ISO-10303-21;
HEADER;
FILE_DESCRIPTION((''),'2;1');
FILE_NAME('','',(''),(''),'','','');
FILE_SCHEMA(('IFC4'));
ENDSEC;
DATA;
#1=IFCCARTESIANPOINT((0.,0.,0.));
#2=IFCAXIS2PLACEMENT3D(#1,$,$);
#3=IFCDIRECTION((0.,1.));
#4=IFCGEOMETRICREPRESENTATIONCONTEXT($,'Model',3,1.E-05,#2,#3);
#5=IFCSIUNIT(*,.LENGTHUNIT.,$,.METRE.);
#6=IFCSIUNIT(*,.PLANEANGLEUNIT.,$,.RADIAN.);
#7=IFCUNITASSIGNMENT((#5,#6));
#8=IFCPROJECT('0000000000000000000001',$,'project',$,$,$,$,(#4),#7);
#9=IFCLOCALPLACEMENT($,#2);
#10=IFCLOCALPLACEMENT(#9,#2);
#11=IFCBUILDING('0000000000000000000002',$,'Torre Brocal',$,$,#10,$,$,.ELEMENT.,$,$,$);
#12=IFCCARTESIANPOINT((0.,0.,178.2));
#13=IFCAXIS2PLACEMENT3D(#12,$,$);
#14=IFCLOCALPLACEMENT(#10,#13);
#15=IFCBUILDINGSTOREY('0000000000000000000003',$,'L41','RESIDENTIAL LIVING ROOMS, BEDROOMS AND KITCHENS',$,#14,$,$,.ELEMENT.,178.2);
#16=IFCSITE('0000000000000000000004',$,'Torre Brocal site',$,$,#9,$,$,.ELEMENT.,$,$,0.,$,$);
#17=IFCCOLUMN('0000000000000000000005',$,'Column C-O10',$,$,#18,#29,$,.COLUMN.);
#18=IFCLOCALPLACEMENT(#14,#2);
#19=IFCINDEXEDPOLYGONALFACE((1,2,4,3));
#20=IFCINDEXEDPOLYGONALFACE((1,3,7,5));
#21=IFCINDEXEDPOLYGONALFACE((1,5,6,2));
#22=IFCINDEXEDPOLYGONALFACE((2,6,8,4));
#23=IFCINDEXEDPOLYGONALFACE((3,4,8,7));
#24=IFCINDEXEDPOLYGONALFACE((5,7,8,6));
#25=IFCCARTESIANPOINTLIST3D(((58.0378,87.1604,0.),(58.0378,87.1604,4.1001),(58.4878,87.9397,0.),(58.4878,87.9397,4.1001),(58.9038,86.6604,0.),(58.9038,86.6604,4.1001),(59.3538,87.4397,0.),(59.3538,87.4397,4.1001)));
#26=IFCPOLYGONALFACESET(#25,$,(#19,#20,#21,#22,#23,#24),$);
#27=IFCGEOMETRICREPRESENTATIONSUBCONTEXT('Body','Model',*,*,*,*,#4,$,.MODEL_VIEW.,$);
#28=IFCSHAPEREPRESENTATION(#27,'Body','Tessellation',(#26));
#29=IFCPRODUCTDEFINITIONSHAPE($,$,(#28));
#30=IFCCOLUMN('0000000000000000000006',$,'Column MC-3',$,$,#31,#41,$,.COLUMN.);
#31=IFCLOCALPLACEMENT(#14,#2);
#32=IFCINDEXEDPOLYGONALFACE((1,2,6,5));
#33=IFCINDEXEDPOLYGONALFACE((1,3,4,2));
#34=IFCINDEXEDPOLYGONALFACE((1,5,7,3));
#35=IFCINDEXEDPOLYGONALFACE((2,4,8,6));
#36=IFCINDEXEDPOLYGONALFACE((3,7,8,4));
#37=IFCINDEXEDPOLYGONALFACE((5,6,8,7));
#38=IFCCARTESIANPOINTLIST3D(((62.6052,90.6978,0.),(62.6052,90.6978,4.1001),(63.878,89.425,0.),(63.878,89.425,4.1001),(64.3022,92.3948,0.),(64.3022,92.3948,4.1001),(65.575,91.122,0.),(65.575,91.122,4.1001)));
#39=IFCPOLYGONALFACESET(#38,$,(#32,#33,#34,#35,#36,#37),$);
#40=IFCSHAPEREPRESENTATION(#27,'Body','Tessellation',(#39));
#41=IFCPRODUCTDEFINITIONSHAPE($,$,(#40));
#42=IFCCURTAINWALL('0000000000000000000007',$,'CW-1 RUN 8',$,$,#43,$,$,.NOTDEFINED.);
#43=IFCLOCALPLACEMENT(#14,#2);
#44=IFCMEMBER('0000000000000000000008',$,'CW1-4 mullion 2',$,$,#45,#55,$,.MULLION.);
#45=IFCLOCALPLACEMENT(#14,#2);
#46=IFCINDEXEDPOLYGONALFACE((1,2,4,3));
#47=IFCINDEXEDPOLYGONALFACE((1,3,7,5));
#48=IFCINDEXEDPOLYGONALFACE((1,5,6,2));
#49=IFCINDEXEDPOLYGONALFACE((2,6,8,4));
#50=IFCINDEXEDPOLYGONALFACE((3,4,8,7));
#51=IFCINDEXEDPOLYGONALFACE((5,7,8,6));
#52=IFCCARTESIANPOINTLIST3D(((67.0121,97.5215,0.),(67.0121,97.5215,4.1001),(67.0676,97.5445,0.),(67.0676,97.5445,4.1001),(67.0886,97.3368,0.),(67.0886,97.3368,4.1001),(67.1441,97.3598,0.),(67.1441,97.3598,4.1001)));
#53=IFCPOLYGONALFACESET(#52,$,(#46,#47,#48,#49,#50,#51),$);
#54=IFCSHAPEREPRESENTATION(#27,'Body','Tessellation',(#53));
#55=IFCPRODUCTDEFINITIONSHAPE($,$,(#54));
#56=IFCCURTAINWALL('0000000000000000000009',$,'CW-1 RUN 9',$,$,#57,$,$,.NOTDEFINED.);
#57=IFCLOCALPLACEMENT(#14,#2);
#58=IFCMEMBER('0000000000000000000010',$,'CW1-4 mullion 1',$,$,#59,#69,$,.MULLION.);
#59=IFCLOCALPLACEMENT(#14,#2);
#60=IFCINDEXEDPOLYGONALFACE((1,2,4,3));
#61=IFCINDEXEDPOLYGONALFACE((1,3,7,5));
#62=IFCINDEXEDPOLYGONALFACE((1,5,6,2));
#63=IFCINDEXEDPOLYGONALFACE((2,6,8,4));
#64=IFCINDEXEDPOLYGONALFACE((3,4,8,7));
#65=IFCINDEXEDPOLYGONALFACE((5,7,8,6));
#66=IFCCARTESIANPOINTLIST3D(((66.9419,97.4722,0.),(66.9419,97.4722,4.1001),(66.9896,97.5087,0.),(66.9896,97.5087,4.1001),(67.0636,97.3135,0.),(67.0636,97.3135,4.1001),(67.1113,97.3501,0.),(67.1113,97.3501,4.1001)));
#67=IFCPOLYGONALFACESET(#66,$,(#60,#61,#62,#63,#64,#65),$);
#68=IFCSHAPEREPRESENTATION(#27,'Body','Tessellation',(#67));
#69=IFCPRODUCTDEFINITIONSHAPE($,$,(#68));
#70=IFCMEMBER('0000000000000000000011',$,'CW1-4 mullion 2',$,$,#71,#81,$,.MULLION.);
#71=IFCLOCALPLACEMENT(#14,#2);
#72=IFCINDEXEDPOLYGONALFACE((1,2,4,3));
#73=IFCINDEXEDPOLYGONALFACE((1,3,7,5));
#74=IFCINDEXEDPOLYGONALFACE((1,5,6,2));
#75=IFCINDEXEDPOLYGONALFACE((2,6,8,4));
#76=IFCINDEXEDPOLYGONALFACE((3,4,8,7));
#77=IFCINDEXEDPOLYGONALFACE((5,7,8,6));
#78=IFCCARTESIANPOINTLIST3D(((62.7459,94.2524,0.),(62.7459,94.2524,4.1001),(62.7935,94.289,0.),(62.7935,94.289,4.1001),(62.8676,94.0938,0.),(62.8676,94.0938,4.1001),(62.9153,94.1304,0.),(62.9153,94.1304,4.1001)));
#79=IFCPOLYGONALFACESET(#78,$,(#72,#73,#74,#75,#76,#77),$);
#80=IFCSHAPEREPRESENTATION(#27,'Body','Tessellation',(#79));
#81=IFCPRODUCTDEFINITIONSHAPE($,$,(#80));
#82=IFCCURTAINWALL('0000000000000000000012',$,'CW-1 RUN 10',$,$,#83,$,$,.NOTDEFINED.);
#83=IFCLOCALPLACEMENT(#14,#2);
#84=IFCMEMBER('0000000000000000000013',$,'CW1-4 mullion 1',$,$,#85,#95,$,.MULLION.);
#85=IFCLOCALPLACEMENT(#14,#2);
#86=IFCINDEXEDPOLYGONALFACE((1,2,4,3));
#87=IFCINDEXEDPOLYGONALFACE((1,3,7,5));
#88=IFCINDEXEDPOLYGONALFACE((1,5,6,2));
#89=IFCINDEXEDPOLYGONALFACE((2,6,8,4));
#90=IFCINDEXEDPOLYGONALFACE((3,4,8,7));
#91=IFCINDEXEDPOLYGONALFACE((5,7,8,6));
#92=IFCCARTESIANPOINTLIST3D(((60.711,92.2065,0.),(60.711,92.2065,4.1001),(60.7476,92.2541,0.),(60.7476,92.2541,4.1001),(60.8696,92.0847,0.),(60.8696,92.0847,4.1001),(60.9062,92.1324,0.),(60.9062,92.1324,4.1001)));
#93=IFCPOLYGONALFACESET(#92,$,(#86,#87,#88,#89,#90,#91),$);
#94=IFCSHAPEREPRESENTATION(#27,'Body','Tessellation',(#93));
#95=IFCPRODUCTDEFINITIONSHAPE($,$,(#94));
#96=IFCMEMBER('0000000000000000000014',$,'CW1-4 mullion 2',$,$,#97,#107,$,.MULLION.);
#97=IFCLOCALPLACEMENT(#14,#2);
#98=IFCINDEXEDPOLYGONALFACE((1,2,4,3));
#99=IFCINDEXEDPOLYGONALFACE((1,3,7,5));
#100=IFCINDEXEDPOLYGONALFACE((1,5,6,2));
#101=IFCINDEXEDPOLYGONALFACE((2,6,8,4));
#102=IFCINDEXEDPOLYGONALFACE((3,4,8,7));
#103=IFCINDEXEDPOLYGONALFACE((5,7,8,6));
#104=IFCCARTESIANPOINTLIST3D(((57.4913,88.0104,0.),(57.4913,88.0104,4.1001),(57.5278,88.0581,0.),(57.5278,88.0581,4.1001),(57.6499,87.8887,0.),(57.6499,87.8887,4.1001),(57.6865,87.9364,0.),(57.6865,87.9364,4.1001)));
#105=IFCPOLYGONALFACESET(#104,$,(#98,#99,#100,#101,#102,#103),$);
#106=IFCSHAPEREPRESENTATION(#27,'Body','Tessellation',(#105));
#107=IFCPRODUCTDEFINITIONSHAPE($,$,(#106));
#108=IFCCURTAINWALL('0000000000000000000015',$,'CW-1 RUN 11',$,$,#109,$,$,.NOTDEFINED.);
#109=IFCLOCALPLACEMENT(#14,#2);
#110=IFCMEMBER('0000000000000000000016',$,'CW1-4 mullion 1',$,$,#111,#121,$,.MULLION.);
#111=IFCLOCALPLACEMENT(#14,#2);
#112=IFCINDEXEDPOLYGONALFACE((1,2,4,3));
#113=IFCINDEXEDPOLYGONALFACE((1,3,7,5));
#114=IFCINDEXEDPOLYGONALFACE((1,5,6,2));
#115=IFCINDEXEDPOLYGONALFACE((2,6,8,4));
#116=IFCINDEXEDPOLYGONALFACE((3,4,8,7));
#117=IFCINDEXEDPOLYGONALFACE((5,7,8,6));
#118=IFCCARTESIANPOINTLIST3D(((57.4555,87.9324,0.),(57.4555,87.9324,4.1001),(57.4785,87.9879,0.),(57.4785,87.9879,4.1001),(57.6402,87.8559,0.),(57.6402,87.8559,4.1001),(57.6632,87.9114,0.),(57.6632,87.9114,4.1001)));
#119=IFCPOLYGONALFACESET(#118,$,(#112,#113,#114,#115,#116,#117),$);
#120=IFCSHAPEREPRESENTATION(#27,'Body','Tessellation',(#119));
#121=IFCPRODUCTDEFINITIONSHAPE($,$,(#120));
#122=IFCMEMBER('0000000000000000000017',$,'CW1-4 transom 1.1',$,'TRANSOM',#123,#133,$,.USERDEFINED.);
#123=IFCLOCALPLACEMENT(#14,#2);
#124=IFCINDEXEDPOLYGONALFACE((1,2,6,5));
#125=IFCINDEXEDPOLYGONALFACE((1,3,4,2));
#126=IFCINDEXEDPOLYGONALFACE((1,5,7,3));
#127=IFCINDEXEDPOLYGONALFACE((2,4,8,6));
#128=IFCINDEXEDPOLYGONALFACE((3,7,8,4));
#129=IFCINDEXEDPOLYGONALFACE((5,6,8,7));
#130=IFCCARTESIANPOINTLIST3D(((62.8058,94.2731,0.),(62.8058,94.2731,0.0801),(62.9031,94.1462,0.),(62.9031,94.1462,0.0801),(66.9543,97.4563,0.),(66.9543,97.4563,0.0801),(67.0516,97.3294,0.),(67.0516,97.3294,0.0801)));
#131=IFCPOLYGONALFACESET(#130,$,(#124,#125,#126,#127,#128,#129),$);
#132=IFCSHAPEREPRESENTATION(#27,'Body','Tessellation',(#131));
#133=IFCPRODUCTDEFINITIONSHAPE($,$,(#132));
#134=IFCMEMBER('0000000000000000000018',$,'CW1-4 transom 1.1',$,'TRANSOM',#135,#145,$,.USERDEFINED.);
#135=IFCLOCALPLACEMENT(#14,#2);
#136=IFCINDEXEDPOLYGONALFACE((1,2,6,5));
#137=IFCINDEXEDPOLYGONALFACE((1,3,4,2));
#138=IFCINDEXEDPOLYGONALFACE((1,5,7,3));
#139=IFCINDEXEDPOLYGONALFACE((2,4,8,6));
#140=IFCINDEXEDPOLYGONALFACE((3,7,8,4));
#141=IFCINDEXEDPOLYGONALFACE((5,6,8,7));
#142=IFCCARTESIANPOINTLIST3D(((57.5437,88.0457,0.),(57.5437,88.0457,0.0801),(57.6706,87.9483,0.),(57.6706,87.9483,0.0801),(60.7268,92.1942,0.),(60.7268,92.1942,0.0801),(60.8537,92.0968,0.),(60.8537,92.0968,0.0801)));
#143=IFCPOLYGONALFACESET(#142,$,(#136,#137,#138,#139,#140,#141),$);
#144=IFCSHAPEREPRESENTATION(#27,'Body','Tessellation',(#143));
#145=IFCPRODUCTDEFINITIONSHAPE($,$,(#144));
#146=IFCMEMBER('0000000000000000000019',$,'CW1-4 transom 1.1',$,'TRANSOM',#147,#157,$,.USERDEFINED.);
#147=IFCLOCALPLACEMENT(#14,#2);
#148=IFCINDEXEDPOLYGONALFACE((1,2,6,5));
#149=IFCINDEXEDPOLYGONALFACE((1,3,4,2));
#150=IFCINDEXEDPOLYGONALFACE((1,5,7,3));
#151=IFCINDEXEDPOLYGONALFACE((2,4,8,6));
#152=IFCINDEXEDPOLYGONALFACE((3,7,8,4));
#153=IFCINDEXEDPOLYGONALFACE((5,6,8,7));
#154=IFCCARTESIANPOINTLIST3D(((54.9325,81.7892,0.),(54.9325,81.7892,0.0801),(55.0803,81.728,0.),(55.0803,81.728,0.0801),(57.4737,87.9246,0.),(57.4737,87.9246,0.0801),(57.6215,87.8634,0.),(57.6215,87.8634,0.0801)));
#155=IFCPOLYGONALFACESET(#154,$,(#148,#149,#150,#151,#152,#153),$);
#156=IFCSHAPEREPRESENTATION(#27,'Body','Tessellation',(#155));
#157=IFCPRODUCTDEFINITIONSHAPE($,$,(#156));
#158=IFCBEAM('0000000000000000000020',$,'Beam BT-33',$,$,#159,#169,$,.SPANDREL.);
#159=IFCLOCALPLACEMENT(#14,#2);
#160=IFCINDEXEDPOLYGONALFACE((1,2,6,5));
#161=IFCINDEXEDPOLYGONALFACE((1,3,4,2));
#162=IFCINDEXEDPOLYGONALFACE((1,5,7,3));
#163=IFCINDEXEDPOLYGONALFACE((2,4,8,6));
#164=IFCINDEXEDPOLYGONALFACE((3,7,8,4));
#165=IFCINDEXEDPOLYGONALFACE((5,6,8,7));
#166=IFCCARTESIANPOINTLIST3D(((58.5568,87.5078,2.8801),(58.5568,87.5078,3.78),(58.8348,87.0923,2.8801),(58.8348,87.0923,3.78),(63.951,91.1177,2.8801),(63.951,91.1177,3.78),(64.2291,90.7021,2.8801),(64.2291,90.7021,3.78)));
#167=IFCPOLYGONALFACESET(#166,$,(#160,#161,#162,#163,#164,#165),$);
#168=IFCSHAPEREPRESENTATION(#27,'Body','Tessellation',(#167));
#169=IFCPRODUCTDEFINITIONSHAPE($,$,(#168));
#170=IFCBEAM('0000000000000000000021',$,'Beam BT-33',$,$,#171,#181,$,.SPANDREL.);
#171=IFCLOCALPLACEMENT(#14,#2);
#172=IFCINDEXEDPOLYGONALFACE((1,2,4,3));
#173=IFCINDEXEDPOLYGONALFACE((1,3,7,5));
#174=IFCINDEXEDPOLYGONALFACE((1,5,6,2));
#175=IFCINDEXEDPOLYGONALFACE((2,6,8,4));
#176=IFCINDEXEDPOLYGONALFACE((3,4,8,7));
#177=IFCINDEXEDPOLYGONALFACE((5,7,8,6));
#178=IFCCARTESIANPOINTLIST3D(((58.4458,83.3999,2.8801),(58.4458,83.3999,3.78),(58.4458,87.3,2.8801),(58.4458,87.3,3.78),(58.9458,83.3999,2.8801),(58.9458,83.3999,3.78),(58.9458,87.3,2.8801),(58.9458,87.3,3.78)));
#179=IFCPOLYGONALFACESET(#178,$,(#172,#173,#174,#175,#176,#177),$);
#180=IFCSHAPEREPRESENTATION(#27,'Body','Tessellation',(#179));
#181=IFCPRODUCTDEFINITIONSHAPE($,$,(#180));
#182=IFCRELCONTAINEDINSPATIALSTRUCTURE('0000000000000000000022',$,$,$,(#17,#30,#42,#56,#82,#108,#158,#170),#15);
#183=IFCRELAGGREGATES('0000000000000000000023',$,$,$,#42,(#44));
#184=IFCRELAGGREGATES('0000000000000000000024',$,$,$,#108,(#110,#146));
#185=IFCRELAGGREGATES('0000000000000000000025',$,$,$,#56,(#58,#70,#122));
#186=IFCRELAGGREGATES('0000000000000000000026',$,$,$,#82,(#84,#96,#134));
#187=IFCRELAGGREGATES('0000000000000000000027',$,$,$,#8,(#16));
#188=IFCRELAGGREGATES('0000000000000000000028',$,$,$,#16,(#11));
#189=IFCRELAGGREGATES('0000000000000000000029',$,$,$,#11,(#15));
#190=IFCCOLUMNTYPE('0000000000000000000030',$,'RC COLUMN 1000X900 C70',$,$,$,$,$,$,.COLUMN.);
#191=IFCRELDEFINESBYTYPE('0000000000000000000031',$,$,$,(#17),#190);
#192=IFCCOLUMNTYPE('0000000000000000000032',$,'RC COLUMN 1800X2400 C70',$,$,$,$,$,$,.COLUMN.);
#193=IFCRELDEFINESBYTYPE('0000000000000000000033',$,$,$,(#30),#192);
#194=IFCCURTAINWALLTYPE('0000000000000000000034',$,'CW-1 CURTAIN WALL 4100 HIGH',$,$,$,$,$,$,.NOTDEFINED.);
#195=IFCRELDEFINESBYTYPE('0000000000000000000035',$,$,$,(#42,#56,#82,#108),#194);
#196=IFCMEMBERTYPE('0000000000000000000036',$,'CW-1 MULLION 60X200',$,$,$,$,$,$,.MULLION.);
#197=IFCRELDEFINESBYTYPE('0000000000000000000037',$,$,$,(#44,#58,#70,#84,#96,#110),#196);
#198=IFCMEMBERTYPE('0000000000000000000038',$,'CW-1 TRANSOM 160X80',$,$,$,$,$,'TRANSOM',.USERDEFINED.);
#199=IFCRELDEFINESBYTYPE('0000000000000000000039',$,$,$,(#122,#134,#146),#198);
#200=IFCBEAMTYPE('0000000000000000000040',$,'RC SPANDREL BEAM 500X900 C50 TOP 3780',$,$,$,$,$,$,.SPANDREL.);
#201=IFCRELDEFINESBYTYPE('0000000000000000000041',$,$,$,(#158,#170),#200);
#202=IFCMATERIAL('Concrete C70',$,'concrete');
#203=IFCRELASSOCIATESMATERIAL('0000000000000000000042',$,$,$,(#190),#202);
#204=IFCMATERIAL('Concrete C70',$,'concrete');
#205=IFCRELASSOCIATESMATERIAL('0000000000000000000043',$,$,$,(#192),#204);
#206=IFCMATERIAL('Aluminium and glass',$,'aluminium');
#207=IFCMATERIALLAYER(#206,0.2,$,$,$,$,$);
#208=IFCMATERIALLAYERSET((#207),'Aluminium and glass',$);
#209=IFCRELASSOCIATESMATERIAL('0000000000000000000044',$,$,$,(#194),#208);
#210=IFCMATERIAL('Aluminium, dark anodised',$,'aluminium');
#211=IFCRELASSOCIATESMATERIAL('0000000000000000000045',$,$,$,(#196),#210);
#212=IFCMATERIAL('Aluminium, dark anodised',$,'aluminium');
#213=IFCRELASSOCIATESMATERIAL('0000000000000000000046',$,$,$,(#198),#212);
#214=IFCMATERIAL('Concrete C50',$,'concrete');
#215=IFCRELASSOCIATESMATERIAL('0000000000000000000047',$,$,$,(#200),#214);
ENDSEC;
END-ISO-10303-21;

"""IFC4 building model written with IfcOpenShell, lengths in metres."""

from ifc_helpers import new_model, si_unit, direction, frame, origin, origin_2d, place, context, subcontext, project, spatial, rectangle, extrude, material, layer, layer_set, material_profile, profile_set, type_object, element, aggregate, save


model = new_model("IFC4")

# Units and contexts
model_context = context("Model", 3, precision=1e-05, world=origin(), true_north=direction((0.0, 1.0)))
body_context = subcontext(model_context, "Body", "Model", "MODEL_VIEW")
ifc_project = project(units=[si_unit("LENGTHUNIT", "METRE"), si_unit("PLANEANGLEUNIT", "RADIAN")], contexts=[model_context])

# Site, building, storey
site_placement = place(None, origin())
site = spatial("IfcSite", under=ifc_project, at=site_placement, Name="Torre Brocal site", CompositionType="ELEMENT", RefElevation=0.0)
building_placement = place(site_placement, origin())
building = spatial("IfcBuilding", under=site, at=building_placement, Name="Torre Brocal", CompositionType="ELEMENT")
storey_placement = place(building_placement, frame((0.0, 0.0, 178.2)))
storey = spatial("IfcBuildingStorey", under=building, at=storey_placement, Name="L41", Description="RESIDENTIAL LIVING ROOMS, BEDROOMS AND KITCHENS", CompositionType="ELEMENT", Elevation=178.2)

# Columns
ifc_material_1 = material(Name="Concrete C70", Category="concrete")
ifc_material_profile_1 = material_profile(ifc_material_1, rectangle(XDim=1.0, YDim=0.8999, at=origin_2d()), Name="RC 1000X900")
ifc_profile_set_1 = profile_set([ifc_material_profile_1], Name="Concrete C70")
column_type_1 = type_object("IfcColumnType", Name="RC COLUMN 1000X900 C70", PredefinedType="COLUMN", material=ifc_profile_set_1)
column_1_placement = place(storey_placement, frame((58.6958, 87.3, 0.0), z_axis=(0.0, 0.0, 1.0), x_axis=(-0.866025, 0.5, 0.0)))
element("IfcColumn", 1, at=column_1_placement, inside=storey, type_object=column_type_1, Name="Column C-O10", PredefinedType="COLUMN", context=body_context, shape_type="SweptSolid", body=[
    extrude(rectangle(XDim=1.0, YDim=0.8999, at=origin_2d()), origin(), (0.0, 0.0, 1.0), 4.1001),
])
ifc_material_2 = material(Name="Concrete C70", Category="concrete")
ifc_material_profile_2 = material_profile(ifc_material_2, rectangle(XDim=1.8, YDim=2.3999, at=origin_2d()), Name="RC 1800X2400")
ifc_profile_set_2 = profile_set([ifc_material_profile_2], Name="Concrete C70")
column_type_2 = type_object("IfcColumnType", Name="RC COLUMN 1800X2400 C70", PredefinedType="COLUMN", material=ifc_profile_set_2)
column_2_placement = place(storey_placement, frame((64.0901, 90.9099, 0.0), z_axis=(0.0, 0.0, 1.0), x_axis=(-0.707107, 0.707107, 0.0)))
element("IfcColumn", 2, at=column_2_placement, inside=storey, type_object=column_type_2, Name="Column MC-3", PredefinedType="COLUMN", context=body_context, shape_type="SweptSolid", body=[
    extrude(rectangle(XDim=1.8, YDim=2.3999, at=origin_2d()), origin(), (0.0, 0.0, 1.0), 4.1001),
])

# Curtain wall, member
ifc_material_3 = material(Name="Aluminium and glass", Category="aluminium")
ifc_layer_1 = layer(ifc_material_3, 0.2)
ifc_layer_set_1 = layer_set([ifc_layer_1], Name="Aluminium and glass")
curtain_wall_type = type_object("IfcCurtainWallType", Name="CW-1 CURTAIN WALL 4100 HIGH", PredefinedType="NOTDEFINED", material=ifc_layer_set_1)
curtain_wall_1_placement = place(storey_placement, origin())
curtain_wall_1 = element("IfcCurtainWall", 3, at=curtain_wall_1_placement, inside=storey, type_object=curtain_wall_type, Name="CW-1 RUN 8", PredefinedType="NOTDEFINED")
ifc_material_4 = material(Name="Aluminium, dark anodised", Category="aluminium")
ifc_material_profile_3 = material_profile(ifc_material_4, rectangle(XDim=0.2, YDim=0.0601, at=origin_2d()), Name="CW-1 MULLION 60X200")
ifc_profile_set_3 = profile_set([ifc_material_profile_3], Name="Aluminium, dark anodised")
member_type_1 = type_object("IfcMemberType", Name="CW-1 MULLION 60X200", PredefinedType="MULLION", material=ifc_profile_set_3)
member_1_placement = place(storey_placement, frame((67.0781, 97.4407, 0.0), z_axis=(0.0, 0.0, 1.0), x_axis=(0.382683, -0.92388, 0.0)))
member_1 = element("IfcMember", 4, at=member_1_placement, type_object=member_type_1, Name="CW1-4 mullion 2", PredefinedType="MULLION", context=body_context, shape_type="SweptSolid", body=[
    extrude(rectangle(XDim=0.2, YDim=0.0601, at=origin_2d()), origin(), (0.0, 0.0, 1.0), 4.1001),
])
aggregate(curtain_wall_1, [member_1])

# Curtain walls, members
curtain_wall_2_placement = place(storey_placement, origin())
curtain_wall_2 = element("IfcCurtainWall", 5, at=curtain_wall_2_placement, inside=storey, type_object=curtain_wall_type, Name="CW-1 RUN 9", PredefinedType="NOTDEFINED")
member_2_placement = place(storey_placement, frame((67.0266, 97.4111, 0.0), z_axis=(0.0, 0.0, 1.0), x_axis=(0.608761, -0.793353, 0.0)))
member_2 = element("IfcMember", 6, at=member_2_placement, type_object=member_type_1, Name="CW1-4 mullion 1", PredefinedType="MULLION", context=body_context, shape_type="SweptSolid", body=[
    extrude(rectangle(XDim=0.2, YDim=0.0601, at=origin_2d()), origin(), (0.0, 0.0, 1.0), 4.1001),
])
member_3_placement = place(storey_placement, frame((62.8306, 94.1914, 0.0), z_axis=(0.0, 0.0, 1.0), x_axis=(0.608761, -0.793353, 0.0)))
member_3 = element("IfcMember", 7, at=member_3_placement, type_object=member_type_1, Name="CW1-4 mullion 2", PredefinedType="MULLION", context=body_context, shape_type="SweptSolid", body=[
    extrude(rectangle(XDim=0.2, YDim=0.0601, at=origin_2d()), origin(), (0.0, 0.0, 1.0), 4.1001),
])
curtain_wall_3_placement = place(storey_placement, origin())
curtain_wall_3 = element("IfcCurtainWall", 8, at=curtain_wall_3_placement, inside=storey, type_object=curtain_wall_type, Name="CW-1 RUN 10", PredefinedType="NOTDEFINED")
member_4_placement = place(storey_placement, frame((60.8086, 92.1694, 0.0), z_axis=(0.0, 0.0, 1.0), x_axis=(0.793353, -0.608761, 0.0)))
member_4 = element("IfcMember", 9, at=member_4_placement, type_object=member_type_1, Name="CW1-4 mullion 1", PredefinedType="MULLION", context=body_context, shape_type="SweptSolid", body=[
    extrude(rectangle(XDim=0.2, YDim=0.0601, at=origin_2d()), origin(), (0.0, 0.0, 1.0), 4.1001),
])
member_5_placement = place(storey_placement, frame((57.5889, 87.9734, 0.0), z_axis=(0.0, 0.0, 1.0), x_axis=(0.793353, -0.608761, 0.0)))
member_5 = element("IfcMember", 10, at=member_5_placement, type_object=member_type_1, Name="CW1-4 mullion 2", PredefinedType="MULLION", context=body_context, shape_type="SweptSolid", body=[
    extrude(rectangle(XDim=0.2, YDim=0.0601, at=origin_2d()), origin(), (0.0, 0.0, 1.0), 4.1001),
])

# Curtain wall, member
curtain_wall_4_placement = place(storey_placement, origin())
curtain_wall_4 = element("IfcCurtainWall", 11, at=curtain_wall_4_placement, inside=storey, type_object=curtain_wall_type, Name="CW-1 RUN 11", PredefinedType="NOTDEFINED")
member_6_placement = place(storey_placement, frame((57.5593, 87.9219, 0.0), z_axis=(0.0, 0.0, 1.0), x_axis=(0.92388, -0.382683, 0.0)))
member_6 = element("IfcMember", 12, at=member_6_placement, type_object=member_type_1, Name="CW1-4 mullion 1", PredefinedType="MULLION", context=body_context, shape_type="SweptSolid", body=[
    extrude(rectangle(XDim=0.2, YDim=0.0601, at=origin_2d()), origin(), (0.0, 0.0, 1.0), 4.1001),
])

# Members
ifc_material_5 = material(Name="Aluminium, dark anodised", Category="aluminium")
ifc_material_profile_4 = material_profile(ifc_material_5, rectangle(XDim=0.1599, YDim=0.0801, at=origin_2d()), Name="CW-1 TRANSOM 160X80")
ifc_profile_set_4 = profile_set([ifc_material_profile_4], Name="Aluminium, dark anodised")
member_type_2 = type_object("IfcMemberType", Name="CW-1 TRANSOM 160X80", ElementType="TRANSOM", PredefinedType="USERDEFINED", material=ifc_profile_set_4)
member_7_placement = place(storey_placement, frame((67.0029, 97.3928, 0.04), z_axis=(-0.793363, -0.608749, 0.0), x_axis=(0.608749, -0.793363, 0.0)))
member_7 = element("IfcMember", 13, at=member_7_placement, type_object=member_type_2, Name="CW1-4 transom 1.1", ObjectType="TRANSOM", PredefinedType="USERDEFINED", context=body_context, shape_type="SweptSolid", body=[
    extrude(rectangle(XDim=0.1599, YDim=0.0801, at=origin_2d()), origin(), (0.0, 0.0, 1.0), 5.229),
])
member_8_placement = place(storey_placement, frame((60.7903, 92.1455, 0.04), z_axis=(-0.608749, -0.793363, 0.0), x_axis=(0.793363, -0.608749, 0.0)))
member_8 = element("IfcMember", 14, at=member_8_placement, type_object=member_type_2, Name="CW1-4 transom 1.1", ObjectType="TRANSOM", PredefinedType="USERDEFINED", context=body_context, shape_type="SweptSolid", body=[
    extrude(rectangle(XDim=0.1599, YDim=0.0801, at=origin_2d()), origin(), (0.0, 0.0, 1.0), 5.229),
])
member_9_placement = place(storey_placement, frame((57.5476, 87.894, 0.04), z_axis=(-0.382665, -0.923887, 0.0), x_axis=(0.923887, -0.382665, 0.0)))
member_9 = element("IfcMember", 15, at=member_9_placement, type_object=member_type_2, Name="CW1-4 transom 1.1", ObjectType="TRANSOM", PredefinedType="USERDEFINED", context=body_context, shape_type="SweptSolid", body=[
    extrude(rectangle(XDim=0.1599, YDim=0.0801, at=origin_2d()), origin(), (0.0, 0.0, 1.0), 6.6409),
])
aggregate(curtain_wall_4, [member_6, member_9])

# Beams
ifc_material_6 = material(Name="Concrete C50", Category="concrete")
ifc_material_profile_5 = material_profile(ifc_material_6, rectangle(XDim=0.5, YDim=0.8999, at=origin_2d()), Name="RC 500X900")
ifc_profile_set_5 = profile_set([ifc_material_profile_5], Name="Concrete C50")
beam_type = type_object("IfcBeamType", Name="RC SPANDREL BEAM 500X900 C50 TOP 3780", PredefinedType="SPANDREL", material=ifc_profile_set_5)
beam_1_placement = place(storey_placement, frame((64.0901, 90.9099, 3.3301), z_axis=(-0.831077, -0.556158, 0.0), x_axis=(0.556158, -0.831077, 0.0)))
element("IfcBeam", 16, at=beam_1_placement, inside=storey, type_object=beam_type, Name="Beam BT-33", PredefinedType="SPANDREL", context=body_context, shape_type="SweptSolid", body=[
    extrude(rectangle(XDim=0.5, YDim=0.8999, at=origin_2d()), origin(), (0.0, 0.0, 1.0), 6.4907),
])
beam_2_placement = place(storey_placement, frame((58.6958, 87.3, 3.3301), z_axis=(0.0, -1.0, 0.0), x_axis=(1.0, 0.0, 0.0)))
element("IfcBeam", 17, at=beam_2_placement, inside=storey, type_object=beam_type, Name="Beam BT-33", PredefinedType="SPANDREL", context=body_context, shape_type="SweptSolid", body=[
    extrude(rectangle(XDim=0.5, YDim=0.8999, at=origin_2d()), origin(), (0.0, 0.0, 1.0), 3.9001),
])

aggregate(curtain_wall_2, [member_2, member_3, member_7])
aggregate(curtain_wall_3, [member_4, member_5, member_8])

save(model, "model.ifc")
